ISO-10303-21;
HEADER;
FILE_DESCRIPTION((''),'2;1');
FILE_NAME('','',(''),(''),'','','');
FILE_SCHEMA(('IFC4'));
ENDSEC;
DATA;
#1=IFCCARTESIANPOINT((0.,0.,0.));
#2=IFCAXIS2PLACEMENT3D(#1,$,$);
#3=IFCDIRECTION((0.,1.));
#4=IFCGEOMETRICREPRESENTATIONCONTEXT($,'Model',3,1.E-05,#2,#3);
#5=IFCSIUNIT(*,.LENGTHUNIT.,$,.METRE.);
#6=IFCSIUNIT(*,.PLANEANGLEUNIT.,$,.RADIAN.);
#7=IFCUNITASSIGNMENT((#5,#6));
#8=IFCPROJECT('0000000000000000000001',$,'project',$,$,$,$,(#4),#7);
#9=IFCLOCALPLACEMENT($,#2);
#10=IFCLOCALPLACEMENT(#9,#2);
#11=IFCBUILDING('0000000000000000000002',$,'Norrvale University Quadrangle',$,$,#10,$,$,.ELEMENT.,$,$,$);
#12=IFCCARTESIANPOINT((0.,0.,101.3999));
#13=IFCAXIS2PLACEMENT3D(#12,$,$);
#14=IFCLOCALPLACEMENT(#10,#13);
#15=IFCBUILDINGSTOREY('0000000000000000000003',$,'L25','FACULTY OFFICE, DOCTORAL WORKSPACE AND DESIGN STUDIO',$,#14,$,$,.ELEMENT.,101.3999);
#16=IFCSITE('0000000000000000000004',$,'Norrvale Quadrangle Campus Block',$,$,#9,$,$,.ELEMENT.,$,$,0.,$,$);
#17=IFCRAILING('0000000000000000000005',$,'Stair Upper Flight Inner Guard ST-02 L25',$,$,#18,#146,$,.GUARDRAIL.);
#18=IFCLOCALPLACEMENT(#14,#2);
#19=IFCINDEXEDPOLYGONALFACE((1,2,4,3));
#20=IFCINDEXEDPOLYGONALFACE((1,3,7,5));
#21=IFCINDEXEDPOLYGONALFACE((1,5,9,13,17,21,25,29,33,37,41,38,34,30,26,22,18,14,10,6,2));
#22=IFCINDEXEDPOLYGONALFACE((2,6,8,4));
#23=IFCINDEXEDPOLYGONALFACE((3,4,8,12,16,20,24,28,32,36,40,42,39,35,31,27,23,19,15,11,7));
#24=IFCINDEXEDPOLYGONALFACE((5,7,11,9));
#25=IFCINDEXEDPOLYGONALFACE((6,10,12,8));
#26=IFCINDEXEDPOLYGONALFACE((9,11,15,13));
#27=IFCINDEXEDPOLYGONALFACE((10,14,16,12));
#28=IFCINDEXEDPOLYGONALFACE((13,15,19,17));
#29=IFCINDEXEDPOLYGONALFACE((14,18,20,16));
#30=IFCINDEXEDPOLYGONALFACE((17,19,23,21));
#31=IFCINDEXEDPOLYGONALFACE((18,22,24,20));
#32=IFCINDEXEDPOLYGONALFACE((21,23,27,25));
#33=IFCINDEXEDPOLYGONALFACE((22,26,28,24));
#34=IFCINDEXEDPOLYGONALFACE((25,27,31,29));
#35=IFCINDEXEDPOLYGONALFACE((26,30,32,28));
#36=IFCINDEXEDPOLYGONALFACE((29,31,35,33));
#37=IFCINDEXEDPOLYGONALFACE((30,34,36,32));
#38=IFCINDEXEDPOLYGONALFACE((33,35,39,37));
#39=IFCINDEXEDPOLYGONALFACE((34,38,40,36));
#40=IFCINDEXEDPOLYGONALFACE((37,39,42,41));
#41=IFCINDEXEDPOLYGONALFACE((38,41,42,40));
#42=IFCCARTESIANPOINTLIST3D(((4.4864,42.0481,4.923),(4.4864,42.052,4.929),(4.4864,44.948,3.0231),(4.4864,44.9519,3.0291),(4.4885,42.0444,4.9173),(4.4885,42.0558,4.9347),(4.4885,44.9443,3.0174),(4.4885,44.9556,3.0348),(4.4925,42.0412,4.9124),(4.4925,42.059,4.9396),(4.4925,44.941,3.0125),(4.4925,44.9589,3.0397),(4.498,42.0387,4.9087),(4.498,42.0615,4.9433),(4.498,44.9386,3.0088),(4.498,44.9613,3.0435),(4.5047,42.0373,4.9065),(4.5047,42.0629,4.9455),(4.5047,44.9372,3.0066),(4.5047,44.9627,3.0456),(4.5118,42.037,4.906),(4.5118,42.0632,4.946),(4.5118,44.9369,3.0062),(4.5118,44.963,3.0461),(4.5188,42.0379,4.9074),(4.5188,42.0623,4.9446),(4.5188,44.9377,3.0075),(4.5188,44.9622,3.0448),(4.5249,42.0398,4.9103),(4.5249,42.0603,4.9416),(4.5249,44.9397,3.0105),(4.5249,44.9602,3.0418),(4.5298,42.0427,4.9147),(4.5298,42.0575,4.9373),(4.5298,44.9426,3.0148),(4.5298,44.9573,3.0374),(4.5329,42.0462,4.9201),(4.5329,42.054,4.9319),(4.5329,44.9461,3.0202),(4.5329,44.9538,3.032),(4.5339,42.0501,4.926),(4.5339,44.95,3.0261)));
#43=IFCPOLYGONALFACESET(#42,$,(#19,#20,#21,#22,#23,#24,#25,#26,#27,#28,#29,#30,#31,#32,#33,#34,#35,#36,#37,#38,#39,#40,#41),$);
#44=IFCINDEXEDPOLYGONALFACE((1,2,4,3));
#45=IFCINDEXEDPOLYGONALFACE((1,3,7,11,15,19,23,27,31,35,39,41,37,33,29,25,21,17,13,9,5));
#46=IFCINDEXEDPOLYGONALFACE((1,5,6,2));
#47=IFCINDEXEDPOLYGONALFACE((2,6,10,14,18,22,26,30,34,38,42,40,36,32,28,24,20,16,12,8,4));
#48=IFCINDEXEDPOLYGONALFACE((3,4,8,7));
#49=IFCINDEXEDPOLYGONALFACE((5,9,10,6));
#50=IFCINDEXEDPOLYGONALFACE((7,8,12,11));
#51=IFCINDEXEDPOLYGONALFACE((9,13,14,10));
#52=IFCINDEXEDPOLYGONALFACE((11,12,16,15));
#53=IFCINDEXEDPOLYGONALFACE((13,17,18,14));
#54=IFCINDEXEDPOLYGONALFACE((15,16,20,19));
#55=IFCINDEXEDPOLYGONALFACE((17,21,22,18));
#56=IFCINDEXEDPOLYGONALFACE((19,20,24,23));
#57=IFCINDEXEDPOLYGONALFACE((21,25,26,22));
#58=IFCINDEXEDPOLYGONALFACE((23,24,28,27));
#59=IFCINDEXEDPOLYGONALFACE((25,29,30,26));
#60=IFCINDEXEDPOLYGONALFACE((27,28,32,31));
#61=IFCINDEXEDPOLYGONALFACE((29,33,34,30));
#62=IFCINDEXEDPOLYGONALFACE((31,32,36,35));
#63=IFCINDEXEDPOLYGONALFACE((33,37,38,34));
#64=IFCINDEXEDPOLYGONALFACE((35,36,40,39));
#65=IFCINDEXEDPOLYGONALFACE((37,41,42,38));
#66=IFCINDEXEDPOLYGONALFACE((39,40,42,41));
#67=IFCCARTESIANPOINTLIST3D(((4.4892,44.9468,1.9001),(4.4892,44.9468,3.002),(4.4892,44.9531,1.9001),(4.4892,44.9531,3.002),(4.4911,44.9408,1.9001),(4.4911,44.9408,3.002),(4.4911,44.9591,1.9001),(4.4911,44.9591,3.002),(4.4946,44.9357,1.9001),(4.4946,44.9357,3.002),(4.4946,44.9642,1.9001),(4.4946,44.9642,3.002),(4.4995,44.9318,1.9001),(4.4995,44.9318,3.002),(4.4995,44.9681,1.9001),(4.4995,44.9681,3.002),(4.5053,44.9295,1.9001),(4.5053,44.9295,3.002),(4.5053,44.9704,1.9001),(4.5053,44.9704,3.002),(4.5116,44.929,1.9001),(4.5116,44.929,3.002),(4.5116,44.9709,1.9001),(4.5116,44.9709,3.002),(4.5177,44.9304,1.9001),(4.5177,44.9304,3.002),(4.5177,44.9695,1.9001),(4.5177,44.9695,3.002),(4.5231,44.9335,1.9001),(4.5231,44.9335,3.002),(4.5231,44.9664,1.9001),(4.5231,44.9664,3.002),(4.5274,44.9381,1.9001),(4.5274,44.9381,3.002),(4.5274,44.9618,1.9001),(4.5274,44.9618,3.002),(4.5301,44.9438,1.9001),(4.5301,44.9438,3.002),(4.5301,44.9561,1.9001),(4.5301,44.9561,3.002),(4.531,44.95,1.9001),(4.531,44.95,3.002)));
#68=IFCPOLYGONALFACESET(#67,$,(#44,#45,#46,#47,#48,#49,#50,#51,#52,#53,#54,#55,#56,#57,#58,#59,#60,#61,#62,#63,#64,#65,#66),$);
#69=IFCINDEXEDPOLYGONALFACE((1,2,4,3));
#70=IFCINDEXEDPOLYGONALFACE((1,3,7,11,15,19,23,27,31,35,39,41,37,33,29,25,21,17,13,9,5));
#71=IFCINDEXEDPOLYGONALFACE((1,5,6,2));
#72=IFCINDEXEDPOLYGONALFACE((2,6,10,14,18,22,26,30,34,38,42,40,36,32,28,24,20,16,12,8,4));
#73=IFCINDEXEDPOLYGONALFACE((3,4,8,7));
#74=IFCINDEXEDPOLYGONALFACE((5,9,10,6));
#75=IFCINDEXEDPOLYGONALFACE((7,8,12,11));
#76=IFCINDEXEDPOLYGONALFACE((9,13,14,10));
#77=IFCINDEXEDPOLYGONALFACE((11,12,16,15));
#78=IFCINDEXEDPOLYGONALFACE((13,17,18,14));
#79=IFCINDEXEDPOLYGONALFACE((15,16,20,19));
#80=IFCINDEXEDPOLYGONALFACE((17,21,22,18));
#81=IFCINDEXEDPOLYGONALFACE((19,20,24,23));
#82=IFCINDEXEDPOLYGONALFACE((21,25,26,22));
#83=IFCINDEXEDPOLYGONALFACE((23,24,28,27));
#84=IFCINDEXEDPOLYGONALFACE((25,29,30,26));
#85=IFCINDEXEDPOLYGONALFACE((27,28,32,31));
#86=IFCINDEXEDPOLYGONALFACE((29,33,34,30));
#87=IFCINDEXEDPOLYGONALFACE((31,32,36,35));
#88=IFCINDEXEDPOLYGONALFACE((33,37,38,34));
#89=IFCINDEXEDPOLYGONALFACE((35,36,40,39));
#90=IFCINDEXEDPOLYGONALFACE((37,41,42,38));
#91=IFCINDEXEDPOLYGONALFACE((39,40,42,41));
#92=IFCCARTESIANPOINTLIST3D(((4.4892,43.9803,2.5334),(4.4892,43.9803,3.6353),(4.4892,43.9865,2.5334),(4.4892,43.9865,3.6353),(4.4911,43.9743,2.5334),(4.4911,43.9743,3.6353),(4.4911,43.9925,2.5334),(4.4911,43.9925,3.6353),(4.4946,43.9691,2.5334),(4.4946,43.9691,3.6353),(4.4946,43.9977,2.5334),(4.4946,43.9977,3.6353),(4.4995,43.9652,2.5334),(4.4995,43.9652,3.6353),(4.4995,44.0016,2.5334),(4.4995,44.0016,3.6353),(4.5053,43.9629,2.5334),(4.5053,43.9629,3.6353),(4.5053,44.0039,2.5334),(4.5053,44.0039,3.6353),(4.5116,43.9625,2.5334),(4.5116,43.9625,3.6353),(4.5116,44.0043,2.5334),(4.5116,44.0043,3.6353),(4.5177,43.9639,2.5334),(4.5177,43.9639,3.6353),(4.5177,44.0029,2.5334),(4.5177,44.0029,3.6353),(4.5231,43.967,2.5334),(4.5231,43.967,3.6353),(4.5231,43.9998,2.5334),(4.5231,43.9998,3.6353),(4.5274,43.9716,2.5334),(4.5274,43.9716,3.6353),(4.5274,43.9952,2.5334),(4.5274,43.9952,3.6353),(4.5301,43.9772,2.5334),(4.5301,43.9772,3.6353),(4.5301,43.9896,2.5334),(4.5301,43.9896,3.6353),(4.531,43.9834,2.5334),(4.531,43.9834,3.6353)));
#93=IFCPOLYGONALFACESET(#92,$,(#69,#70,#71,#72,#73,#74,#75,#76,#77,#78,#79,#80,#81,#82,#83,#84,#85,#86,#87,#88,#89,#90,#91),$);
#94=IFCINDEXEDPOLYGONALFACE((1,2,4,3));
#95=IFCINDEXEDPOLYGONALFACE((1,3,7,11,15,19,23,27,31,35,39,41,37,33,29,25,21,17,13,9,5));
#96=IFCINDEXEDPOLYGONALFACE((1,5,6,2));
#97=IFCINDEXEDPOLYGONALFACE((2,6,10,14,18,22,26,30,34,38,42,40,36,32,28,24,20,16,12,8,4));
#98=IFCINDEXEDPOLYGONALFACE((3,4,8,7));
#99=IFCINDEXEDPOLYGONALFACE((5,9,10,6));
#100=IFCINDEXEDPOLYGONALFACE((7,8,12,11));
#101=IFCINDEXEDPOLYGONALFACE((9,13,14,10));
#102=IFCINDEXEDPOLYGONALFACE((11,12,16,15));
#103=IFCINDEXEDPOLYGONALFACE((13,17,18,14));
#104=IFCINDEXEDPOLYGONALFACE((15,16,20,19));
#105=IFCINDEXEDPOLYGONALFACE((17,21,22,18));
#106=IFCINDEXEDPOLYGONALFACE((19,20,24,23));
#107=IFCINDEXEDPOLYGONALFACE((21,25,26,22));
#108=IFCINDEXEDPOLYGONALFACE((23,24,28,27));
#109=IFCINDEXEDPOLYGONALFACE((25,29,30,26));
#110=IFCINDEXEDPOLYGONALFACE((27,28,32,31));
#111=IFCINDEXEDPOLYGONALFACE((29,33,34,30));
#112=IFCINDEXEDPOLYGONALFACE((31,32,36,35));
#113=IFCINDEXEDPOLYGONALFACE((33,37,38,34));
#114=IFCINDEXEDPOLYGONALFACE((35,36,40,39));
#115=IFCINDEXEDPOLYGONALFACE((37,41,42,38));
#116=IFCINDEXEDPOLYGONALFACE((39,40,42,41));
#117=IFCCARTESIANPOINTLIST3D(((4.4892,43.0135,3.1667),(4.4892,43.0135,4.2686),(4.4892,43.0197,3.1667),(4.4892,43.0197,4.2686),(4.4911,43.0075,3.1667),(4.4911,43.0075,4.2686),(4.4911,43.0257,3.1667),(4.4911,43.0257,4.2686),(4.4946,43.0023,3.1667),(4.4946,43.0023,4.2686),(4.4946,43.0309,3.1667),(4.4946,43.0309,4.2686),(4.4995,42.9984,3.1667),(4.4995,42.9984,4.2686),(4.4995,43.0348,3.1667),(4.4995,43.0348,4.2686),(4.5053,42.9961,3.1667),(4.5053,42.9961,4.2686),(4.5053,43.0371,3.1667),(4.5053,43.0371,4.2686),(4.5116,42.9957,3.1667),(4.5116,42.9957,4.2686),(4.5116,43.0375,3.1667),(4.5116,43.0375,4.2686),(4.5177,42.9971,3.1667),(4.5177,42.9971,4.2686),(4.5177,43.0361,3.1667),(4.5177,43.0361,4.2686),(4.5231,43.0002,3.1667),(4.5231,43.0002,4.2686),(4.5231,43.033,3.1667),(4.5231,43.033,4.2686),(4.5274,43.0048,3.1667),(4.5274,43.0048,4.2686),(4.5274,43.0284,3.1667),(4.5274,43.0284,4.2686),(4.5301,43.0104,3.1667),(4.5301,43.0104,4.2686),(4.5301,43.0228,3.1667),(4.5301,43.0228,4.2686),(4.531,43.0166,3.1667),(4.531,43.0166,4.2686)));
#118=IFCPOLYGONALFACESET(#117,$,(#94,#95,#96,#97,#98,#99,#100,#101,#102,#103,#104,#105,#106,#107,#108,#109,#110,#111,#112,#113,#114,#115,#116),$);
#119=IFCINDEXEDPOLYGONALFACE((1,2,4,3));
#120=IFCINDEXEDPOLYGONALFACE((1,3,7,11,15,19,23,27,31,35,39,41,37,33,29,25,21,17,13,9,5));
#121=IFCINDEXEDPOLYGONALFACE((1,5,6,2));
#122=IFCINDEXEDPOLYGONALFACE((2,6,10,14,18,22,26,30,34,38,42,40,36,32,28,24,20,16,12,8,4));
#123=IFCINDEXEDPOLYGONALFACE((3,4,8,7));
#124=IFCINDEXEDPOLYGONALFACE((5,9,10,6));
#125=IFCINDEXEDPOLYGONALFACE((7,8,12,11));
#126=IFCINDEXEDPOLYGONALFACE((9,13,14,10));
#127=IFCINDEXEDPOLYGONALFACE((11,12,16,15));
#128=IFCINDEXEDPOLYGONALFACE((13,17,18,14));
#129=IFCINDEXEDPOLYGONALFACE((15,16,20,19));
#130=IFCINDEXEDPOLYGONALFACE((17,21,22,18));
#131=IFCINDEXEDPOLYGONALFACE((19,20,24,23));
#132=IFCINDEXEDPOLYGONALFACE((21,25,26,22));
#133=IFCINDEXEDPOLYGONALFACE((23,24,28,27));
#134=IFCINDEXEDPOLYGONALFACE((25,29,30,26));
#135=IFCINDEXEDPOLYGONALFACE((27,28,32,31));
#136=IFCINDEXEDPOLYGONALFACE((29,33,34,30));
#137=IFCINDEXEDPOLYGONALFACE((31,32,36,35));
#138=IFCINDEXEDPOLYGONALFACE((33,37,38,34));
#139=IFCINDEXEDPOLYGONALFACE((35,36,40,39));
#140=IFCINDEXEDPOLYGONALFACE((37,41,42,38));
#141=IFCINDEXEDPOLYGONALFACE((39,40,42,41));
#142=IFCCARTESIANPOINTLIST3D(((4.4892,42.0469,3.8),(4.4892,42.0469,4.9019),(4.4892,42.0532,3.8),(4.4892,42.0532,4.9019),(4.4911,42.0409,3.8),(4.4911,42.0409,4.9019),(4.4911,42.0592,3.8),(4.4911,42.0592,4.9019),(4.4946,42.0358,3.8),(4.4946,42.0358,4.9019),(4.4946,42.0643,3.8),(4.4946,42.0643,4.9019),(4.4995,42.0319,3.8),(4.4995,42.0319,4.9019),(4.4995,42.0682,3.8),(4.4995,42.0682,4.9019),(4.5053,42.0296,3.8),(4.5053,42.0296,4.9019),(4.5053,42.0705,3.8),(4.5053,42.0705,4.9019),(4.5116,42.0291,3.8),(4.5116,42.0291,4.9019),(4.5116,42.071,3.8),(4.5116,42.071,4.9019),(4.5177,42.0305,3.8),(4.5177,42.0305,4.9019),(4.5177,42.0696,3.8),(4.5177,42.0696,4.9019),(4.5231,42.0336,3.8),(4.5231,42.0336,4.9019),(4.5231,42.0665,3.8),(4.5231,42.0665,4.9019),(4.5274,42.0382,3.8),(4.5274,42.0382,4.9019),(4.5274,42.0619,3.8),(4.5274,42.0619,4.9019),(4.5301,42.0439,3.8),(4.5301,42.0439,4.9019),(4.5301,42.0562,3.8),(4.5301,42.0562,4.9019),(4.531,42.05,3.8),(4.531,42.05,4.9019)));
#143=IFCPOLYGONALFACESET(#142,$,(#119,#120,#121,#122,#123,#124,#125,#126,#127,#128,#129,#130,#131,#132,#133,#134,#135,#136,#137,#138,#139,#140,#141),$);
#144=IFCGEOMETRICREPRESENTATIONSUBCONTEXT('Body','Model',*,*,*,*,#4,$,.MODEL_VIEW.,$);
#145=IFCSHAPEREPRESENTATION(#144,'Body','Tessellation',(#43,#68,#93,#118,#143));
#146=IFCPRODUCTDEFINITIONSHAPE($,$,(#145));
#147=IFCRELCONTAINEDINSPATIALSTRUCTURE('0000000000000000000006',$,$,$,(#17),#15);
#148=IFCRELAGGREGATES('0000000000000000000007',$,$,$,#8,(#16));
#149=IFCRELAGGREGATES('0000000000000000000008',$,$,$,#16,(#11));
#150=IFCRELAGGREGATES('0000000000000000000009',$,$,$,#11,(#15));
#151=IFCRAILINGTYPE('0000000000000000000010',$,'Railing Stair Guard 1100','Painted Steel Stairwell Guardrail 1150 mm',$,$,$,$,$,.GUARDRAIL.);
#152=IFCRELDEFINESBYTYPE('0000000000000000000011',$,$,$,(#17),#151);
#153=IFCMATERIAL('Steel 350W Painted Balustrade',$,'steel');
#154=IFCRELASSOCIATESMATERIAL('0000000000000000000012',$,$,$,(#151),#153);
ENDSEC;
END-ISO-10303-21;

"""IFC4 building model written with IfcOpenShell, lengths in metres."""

from ifc_helpers import new_model, si_unit, direction, frame, origin, origin_2d, place, context, subcontext, project, spatial, circle, extrude, material, type_object, element, save


model = new_model("IFC4")

# Units and contexts
model_context = context("Model", 3, precision=1e-05, world=origin(), true_north=direction((0.0, 1.0)))
body_context = subcontext(model_context, "Body", "Model", "MODEL_VIEW")
ifc_project = project(units=[si_unit("LENGTHUNIT", "METRE"), si_unit("PLANEANGLEUNIT", "RADIAN")], contexts=[model_context])

# Site, building, storey
site_placement = place(None, origin())
site = spatial("IfcSite", under=ifc_project, at=site_placement, Name="Norrvale Quadrangle Campus Block", CompositionType="ELEMENT", RefElevation=0.0)
building_placement = place(site_placement, origin())
building = spatial("IfcBuilding", under=site, at=building_placement, Name="Norrvale University Quadrangle", CompositionType="ELEMENT")
storey_placement = place(building_placement, frame((0.0, 0.0, 101.3999)))
storey = spatial("IfcBuildingStorey", under=building, at=storey_placement, Name="L25", Description="FACULTY OFFICE, DOCTORAL WORKSPACE AND DESIGN STUDIO", CompositionType="ELEMENT", Elevation=101.3999)

# Railing
ifc_material_1 = material(Name="Steel 350W Painted Balustrade", Category="steel")
railing_type_1 = type_object("IfcRailingType", Name="Railing Stair Guard 1100", Description="Painted Steel Stairwell Guardrail 1150 mm", PredefinedType="GUARDRAIL", material=ifc_material_1)
railing_1_placement = place(storey_placement, frame((4.51, 44.95, 1.9001)))
element("IfcRailing", 1, at=railing_1_placement, inside=storey, type_object=railing_type_1, Name="Stair Upper Flight Inner Guard ST-02 L25", PredefinedType="GUARDRAIL", context=body_context, shape_type="SweptSolid", body=[
    extrude(circle(Radius=0.0239, at=origin_2d()), frame((0.0, 0.0, 1.126), z_axis=(0.0, -0.836466, 0.548019), x_axis=(1.0, 0.0, 0.0)), (0.0, 0.0, 1.0), 3.4668),
    extrude(circle(Radius=0.021, at=origin_2d()), origin(), (0.0, 0.0, 1.0), 1.1018),
    extrude(circle(Radius=0.021, at=origin_2d()), frame((0.0, -0.9666, 0.6333)), (0.0, 0.0, 1.0), 1.1018),
    extrude(circle(Radius=0.021, at=origin_2d()), frame((0.0, -1.9333, 1.2666)), (0.0, 0.0, 1.0), 1.1018),
    extrude(circle(Radius=0.021, at=origin_2d()), frame((0.0, -2.8999, 1.8999)), (0.0, 0.0, 1.0), 1.1018),
])

save(model, "model.ifc")
